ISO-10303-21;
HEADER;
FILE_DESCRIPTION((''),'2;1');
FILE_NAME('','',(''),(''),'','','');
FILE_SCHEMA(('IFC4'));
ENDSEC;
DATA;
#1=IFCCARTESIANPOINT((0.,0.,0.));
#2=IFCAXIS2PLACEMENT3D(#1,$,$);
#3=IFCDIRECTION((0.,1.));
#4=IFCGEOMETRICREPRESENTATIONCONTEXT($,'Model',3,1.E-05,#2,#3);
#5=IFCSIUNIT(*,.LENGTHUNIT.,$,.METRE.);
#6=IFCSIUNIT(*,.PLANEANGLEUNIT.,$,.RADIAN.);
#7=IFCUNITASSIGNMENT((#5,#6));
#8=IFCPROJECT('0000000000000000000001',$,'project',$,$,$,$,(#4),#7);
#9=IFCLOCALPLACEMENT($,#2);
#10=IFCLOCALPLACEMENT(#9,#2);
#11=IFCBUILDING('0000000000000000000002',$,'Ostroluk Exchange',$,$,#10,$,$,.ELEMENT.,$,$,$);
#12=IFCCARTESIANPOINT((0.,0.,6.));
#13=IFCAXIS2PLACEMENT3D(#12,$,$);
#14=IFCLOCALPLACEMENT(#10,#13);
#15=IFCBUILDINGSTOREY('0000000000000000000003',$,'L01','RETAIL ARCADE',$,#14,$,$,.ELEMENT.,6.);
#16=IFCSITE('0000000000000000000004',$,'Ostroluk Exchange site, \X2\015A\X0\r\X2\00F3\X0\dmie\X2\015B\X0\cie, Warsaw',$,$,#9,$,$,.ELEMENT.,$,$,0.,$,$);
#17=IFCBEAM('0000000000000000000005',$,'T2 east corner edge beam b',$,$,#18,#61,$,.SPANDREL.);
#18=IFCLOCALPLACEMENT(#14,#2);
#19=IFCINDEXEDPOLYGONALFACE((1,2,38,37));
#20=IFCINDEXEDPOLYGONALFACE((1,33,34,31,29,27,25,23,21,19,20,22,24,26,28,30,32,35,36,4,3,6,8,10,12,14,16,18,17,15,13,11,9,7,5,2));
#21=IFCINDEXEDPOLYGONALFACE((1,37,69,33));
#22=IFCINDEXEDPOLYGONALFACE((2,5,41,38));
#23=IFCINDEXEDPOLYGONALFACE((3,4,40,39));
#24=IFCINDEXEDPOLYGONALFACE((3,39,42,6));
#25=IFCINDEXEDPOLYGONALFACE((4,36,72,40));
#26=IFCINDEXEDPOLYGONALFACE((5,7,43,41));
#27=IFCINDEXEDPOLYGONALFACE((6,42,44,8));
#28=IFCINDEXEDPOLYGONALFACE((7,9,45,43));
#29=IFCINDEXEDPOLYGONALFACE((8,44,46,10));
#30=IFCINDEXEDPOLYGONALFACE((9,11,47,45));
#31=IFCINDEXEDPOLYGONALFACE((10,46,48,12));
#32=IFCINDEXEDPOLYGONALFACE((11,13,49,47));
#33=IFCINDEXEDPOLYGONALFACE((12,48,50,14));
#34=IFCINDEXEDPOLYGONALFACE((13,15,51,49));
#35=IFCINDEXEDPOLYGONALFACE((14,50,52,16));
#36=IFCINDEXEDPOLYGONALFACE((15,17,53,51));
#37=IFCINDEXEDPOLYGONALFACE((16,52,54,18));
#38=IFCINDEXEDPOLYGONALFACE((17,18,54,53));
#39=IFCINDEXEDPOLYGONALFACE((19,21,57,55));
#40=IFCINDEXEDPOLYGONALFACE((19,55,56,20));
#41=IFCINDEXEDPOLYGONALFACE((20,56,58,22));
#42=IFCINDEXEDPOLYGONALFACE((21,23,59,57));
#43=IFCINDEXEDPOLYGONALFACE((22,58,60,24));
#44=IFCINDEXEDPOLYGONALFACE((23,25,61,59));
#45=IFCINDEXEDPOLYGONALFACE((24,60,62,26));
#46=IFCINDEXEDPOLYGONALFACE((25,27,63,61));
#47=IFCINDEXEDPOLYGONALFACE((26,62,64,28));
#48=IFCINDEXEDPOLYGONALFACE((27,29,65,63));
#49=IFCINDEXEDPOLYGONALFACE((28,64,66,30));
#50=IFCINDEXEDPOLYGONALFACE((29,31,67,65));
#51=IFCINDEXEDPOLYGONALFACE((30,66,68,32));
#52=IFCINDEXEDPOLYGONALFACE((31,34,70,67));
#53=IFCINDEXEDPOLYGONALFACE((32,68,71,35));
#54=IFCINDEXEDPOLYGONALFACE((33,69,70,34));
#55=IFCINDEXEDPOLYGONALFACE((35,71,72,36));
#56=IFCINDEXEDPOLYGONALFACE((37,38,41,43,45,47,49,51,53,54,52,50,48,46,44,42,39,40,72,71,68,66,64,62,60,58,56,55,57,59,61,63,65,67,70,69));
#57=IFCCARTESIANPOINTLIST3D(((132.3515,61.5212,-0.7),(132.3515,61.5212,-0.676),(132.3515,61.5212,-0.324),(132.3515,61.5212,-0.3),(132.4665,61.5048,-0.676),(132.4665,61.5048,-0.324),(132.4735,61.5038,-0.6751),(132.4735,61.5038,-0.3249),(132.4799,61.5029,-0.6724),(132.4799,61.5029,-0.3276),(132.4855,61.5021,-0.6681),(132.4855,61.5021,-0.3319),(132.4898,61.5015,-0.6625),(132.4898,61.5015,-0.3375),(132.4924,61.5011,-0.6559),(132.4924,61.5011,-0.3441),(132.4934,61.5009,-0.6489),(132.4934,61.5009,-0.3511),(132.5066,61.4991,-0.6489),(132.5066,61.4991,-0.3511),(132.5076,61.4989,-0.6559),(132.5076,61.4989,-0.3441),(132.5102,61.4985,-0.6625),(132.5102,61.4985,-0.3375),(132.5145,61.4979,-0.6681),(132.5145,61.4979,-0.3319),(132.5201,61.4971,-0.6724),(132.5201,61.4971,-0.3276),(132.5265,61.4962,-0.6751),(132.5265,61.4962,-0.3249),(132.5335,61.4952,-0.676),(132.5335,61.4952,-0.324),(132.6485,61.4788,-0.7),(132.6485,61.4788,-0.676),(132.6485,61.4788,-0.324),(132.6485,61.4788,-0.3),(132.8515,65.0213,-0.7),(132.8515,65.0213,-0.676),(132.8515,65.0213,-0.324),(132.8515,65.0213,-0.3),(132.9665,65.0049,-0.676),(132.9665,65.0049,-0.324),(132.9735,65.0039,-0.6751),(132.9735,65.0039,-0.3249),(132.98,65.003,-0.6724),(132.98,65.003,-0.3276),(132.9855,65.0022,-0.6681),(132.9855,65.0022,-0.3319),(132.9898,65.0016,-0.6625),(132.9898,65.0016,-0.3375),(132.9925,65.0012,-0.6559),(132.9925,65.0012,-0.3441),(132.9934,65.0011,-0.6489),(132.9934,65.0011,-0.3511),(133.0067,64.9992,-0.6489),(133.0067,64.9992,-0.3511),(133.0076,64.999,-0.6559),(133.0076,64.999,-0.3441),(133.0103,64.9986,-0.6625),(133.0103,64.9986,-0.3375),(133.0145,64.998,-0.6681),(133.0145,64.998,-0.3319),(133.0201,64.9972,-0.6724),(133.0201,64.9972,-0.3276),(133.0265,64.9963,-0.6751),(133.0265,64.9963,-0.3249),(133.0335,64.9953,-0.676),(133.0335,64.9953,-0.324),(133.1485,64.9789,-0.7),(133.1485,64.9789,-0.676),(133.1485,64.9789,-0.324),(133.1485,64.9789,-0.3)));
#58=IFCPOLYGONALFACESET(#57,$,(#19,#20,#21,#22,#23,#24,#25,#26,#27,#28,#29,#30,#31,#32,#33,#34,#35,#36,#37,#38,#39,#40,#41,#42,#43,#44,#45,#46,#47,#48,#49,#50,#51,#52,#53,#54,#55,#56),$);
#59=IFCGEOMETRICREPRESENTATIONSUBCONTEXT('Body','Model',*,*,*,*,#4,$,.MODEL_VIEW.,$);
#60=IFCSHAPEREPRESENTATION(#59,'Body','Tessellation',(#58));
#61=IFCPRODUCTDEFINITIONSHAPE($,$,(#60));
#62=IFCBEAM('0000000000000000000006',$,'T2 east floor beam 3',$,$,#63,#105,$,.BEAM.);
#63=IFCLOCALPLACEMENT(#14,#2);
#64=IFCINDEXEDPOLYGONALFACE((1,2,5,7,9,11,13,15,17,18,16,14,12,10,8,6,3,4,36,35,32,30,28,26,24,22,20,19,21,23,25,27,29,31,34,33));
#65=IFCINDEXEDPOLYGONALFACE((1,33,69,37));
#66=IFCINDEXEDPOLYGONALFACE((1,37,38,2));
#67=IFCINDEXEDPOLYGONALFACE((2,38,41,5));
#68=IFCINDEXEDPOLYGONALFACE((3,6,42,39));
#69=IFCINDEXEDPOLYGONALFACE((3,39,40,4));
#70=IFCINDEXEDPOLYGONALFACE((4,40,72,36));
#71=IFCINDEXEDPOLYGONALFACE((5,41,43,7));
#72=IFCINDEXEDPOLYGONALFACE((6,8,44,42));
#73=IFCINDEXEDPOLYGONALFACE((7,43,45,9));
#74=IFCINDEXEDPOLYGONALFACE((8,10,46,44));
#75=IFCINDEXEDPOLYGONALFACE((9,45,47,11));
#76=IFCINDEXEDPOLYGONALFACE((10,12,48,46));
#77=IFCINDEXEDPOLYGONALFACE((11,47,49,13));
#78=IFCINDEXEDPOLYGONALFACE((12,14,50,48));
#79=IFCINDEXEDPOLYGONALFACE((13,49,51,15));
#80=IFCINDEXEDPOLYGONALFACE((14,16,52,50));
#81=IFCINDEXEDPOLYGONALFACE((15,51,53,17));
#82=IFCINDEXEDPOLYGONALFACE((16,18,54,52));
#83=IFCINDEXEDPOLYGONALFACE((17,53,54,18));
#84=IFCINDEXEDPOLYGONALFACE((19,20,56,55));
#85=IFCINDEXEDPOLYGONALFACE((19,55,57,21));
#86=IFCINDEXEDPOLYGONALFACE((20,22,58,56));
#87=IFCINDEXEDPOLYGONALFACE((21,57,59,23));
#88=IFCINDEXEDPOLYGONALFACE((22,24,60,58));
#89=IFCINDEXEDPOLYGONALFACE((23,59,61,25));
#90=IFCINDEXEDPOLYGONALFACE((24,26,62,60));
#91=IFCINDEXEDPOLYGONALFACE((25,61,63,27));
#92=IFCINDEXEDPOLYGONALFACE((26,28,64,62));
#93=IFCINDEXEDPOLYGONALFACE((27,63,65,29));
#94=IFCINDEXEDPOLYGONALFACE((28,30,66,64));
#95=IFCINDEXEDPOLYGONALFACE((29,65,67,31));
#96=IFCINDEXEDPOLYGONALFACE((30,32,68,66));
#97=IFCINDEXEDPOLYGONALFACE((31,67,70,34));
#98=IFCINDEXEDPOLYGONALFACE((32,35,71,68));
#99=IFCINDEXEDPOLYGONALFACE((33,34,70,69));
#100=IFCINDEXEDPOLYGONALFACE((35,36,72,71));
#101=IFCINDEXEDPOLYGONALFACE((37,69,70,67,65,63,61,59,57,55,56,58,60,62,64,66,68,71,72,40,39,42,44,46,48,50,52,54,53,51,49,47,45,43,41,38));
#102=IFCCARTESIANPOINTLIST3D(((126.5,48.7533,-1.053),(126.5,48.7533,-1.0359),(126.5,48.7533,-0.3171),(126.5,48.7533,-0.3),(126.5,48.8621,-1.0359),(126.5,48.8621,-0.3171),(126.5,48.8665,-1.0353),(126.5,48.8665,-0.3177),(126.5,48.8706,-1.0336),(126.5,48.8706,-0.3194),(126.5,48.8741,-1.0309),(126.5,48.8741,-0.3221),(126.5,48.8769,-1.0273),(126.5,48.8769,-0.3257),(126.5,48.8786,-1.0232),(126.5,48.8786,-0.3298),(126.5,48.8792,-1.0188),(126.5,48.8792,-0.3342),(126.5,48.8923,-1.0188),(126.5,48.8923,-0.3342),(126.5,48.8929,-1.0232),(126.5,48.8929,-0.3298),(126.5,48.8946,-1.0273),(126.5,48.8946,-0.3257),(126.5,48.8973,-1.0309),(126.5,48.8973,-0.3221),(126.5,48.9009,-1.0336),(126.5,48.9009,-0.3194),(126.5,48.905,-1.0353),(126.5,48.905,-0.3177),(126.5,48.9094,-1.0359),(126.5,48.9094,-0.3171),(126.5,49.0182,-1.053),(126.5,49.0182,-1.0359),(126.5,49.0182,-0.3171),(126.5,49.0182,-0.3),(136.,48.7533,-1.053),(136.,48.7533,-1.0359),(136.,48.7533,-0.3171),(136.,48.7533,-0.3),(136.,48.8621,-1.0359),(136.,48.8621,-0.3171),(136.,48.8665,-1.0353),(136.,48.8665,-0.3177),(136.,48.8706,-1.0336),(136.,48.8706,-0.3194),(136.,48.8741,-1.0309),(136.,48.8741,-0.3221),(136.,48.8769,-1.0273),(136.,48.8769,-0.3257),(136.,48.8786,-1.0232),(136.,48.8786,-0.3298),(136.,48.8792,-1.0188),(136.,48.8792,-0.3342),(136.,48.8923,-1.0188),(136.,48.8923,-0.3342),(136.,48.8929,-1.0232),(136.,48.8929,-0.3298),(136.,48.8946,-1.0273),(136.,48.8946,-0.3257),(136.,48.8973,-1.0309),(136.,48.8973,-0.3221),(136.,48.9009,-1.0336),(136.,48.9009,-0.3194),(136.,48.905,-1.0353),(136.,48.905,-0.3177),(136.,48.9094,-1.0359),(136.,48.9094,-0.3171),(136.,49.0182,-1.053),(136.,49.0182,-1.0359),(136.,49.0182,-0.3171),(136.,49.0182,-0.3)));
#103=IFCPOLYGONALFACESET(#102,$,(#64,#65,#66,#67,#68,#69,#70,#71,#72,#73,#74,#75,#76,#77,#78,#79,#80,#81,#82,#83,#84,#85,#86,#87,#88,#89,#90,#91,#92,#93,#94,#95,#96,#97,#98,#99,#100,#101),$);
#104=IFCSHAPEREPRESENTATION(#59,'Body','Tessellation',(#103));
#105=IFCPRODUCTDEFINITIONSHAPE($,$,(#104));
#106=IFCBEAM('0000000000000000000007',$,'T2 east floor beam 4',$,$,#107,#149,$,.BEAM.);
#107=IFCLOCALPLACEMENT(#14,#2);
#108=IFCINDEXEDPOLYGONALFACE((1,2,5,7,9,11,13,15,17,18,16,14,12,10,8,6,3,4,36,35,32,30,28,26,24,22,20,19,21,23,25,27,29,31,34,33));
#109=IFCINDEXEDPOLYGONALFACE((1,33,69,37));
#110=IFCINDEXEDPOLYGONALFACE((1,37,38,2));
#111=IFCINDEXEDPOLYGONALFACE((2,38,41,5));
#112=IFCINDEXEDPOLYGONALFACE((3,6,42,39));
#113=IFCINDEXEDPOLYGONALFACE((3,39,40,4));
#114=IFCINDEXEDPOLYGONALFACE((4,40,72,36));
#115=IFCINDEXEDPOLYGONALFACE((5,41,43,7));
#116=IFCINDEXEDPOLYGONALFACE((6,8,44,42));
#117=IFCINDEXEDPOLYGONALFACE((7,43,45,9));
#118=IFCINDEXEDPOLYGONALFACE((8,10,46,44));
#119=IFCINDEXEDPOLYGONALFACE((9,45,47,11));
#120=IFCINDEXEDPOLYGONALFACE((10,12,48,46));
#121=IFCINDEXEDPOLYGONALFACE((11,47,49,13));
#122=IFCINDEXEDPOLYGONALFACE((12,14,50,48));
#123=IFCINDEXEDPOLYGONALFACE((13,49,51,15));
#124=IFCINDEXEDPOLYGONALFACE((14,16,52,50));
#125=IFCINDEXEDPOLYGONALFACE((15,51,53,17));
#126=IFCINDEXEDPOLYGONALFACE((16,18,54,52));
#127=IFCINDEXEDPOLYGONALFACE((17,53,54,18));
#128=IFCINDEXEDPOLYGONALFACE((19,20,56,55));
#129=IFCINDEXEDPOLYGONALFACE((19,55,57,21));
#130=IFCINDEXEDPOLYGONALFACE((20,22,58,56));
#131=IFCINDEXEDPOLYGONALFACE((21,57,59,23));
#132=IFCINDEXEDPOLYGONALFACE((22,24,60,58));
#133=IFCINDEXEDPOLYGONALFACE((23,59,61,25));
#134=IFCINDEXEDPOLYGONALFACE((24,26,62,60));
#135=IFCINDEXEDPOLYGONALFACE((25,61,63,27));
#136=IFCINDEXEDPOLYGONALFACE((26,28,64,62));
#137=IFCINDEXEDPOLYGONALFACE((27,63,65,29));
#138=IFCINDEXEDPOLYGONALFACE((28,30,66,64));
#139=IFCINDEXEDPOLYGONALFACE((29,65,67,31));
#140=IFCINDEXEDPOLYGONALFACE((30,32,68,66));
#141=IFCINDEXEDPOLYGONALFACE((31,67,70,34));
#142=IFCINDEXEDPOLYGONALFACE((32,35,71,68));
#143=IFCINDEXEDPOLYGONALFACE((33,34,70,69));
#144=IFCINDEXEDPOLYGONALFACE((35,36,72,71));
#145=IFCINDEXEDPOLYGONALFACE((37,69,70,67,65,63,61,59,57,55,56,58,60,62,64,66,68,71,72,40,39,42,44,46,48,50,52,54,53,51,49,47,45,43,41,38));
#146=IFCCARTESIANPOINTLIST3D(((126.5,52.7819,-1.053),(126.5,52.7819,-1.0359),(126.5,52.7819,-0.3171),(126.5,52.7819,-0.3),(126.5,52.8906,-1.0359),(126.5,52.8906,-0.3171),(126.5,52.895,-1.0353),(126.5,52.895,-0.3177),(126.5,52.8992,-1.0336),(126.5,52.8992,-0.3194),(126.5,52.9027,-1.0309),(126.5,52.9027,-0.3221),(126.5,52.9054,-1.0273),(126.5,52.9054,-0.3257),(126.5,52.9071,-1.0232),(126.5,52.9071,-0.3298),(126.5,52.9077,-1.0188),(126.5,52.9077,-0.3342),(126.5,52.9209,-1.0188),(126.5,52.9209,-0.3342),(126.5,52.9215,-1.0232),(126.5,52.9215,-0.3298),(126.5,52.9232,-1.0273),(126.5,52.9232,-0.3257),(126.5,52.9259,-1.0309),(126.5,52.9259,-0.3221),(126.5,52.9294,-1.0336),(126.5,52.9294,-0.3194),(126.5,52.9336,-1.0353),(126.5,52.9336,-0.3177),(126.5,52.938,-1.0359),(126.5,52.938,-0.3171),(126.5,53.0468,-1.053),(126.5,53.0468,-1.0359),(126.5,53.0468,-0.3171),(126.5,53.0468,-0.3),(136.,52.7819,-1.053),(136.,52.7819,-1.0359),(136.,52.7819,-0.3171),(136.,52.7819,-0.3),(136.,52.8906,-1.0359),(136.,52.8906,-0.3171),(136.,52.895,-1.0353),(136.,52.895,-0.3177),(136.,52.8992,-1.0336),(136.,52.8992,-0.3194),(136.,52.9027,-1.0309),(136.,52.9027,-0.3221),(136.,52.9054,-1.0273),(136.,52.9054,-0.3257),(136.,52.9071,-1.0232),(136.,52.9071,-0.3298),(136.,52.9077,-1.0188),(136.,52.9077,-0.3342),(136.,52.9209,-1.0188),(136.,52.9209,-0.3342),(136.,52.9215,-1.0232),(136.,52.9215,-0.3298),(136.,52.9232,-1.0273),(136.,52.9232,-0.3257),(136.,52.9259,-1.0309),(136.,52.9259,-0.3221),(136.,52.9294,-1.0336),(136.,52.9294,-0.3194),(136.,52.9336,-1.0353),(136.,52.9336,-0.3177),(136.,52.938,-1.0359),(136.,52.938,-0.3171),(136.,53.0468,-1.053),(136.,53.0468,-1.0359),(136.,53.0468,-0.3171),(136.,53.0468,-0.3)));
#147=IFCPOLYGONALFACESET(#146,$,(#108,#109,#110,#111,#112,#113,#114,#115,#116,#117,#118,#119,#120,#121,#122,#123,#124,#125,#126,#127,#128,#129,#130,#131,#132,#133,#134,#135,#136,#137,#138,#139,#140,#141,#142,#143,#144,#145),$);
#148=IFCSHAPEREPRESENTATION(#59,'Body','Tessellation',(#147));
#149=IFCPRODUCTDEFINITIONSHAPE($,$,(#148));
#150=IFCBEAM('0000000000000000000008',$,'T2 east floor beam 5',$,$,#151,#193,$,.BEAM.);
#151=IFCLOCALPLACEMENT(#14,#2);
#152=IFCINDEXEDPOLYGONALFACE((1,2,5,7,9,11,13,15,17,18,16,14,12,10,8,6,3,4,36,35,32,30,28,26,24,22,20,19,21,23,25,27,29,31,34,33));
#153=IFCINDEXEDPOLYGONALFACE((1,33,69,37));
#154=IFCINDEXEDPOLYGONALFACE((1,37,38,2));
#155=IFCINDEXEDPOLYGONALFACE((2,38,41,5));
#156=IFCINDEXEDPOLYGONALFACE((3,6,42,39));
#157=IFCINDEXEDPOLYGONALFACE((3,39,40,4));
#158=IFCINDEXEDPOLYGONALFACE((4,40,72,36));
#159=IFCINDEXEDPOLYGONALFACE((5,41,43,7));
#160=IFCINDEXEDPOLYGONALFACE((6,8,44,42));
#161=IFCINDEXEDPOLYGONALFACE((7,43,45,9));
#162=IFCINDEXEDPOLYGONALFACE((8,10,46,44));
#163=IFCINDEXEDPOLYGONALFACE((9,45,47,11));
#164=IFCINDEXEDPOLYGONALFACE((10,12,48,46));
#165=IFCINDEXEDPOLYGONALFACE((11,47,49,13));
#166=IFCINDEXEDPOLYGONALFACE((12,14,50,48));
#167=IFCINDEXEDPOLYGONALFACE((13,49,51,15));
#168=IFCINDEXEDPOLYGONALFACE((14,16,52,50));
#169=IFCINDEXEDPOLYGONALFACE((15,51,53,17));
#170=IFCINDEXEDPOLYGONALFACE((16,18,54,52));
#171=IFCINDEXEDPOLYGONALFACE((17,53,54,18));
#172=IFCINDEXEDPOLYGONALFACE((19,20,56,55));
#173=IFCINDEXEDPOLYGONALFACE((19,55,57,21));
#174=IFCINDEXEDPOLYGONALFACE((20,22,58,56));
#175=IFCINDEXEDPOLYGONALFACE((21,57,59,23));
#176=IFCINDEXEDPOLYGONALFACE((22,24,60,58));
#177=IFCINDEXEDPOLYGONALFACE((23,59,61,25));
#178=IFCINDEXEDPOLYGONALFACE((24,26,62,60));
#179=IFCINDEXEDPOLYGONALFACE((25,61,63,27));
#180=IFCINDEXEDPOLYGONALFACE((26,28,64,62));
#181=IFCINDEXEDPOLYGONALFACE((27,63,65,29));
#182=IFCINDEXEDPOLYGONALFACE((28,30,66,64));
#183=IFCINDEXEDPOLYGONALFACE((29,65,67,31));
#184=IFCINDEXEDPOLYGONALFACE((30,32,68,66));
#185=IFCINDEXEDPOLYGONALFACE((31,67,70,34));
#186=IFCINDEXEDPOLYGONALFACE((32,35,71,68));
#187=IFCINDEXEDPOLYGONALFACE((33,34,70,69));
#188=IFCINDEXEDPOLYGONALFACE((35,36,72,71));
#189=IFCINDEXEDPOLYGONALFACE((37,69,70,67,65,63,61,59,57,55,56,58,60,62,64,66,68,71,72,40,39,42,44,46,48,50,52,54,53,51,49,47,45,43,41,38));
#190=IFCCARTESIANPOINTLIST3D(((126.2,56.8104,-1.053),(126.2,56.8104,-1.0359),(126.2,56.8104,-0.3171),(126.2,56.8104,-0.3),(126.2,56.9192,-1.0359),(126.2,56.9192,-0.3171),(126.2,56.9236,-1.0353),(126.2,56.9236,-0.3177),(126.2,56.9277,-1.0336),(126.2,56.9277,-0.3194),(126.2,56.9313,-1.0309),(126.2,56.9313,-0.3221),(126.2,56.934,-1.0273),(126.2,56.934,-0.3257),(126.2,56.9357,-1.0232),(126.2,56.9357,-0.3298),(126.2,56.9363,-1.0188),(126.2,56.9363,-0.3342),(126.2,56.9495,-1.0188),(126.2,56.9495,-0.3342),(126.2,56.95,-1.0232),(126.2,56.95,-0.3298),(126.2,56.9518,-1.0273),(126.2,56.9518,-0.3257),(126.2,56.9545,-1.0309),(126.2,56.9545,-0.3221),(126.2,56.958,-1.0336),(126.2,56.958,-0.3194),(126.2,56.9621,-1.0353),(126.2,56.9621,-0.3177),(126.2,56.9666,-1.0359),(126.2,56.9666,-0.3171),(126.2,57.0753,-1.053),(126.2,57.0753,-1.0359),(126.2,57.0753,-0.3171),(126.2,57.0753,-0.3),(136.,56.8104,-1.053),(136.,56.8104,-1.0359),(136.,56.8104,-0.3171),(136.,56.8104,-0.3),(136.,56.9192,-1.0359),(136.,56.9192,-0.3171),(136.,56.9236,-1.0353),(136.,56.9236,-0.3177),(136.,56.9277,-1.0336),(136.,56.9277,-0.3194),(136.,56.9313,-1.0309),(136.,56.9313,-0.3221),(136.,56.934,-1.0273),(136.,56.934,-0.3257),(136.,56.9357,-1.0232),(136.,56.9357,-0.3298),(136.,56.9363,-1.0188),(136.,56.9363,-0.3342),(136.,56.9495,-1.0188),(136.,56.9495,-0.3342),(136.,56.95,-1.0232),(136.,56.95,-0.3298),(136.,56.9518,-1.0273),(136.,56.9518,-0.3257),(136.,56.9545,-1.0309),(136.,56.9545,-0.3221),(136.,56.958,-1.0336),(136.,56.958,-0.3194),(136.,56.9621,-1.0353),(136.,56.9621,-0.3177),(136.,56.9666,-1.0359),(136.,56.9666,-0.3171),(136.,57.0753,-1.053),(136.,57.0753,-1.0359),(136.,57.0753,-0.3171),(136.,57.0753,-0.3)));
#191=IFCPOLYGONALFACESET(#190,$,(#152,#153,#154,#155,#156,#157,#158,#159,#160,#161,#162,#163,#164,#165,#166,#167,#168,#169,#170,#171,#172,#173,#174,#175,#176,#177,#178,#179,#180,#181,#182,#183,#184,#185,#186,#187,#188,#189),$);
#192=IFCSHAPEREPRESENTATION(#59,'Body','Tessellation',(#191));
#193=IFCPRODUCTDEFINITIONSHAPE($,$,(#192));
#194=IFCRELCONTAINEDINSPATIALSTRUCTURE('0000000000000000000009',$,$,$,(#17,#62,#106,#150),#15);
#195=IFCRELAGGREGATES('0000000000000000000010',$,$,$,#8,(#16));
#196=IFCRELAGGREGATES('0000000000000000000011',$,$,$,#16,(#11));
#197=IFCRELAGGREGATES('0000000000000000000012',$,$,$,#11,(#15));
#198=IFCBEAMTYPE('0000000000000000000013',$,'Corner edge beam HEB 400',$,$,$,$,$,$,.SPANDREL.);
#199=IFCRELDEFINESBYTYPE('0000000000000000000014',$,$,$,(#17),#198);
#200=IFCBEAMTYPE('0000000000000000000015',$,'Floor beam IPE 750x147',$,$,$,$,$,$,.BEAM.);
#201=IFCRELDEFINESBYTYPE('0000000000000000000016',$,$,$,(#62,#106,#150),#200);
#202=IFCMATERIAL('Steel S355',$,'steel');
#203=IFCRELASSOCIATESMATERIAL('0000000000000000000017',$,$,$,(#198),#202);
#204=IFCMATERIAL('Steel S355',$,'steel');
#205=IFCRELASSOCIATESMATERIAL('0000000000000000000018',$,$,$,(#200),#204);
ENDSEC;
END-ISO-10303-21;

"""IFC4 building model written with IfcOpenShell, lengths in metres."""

from ifc_helpers import new_model, si_unit, direction, frame, origin, origin_2d, place, context, subcontext, project, spatial, i_section, extrude, material, material_profile, profile_set, type_object, element, save


model = new_model("IFC4")

# Units and contexts
model_context = context("Model", 3, precision=1e-05, world=origin(), true_north=direction((0.0, 1.0)))
body_context = subcontext(model_context, "Body", "Model", "MODEL_VIEW")
ifc_project = project(units=[si_unit("LENGTHUNIT", "METRE"), si_unit("PLANEANGLEUNIT", "RADIAN")], contexts=[model_context])

# Site, building, storey
site_placement = place(None, origin())
site = spatial("IfcSite", under=ifc_project, at=site_placement, Name="Ostroluk Exchange site, Śródmieście, Warsaw", CompositionType="ELEMENT", RefElevation=0.0)
building_placement = place(site_placement, origin())
building = spatial("IfcBuilding", under=site, at=building_placement, Name="Ostroluk Exchange", CompositionType="ELEMENT")
storey_placement = place(building_placement, frame((0.0, 0.0, 6.0)))
storey = spatial("IfcBuildingStorey", under=building, at=storey_placement, Name="L01", Description="RETAIL ARCADE", CompositionType="ELEMENT", Elevation=6.0)

# Beams
ifc_material_1 = material(Name="Steel S355", Category="steel")
ifc_material_profile_1 = material_profile(ifc_material_1, i_section(OverallWidth=0.3, OverallDepth=0.3999, WebThickness=0.0134, FlangeThickness=0.0239, FilletRadius=0.0271, at=origin_2d()), Name="HEB 400")
ifc_profile_set_1 = profile_set([ifc_material_profile_1], Name="Steel S355")
beam_type_1 = type_object("IfcBeamType", Name="Corner edge beam HEB 400", PredefinedType="SPANDREL", material=ifc_profile_set_1)
for number, where, z_axis, x_axis, name in (
    (1, (132.5, 61.5, -0.5), (0.141421, 0.989949, 0.0), (-0.989949, 0.141421, 0.0), "T2 east corner edge beam b"),
):
    element("IfcBeam", number, at=place(storey_placement, frame(where, z_axis=z_axis, x_axis=x_axis)), inside=storey, type_object=beam_type_1, Name=name, PredefinedType="SPANDREL", context=body_context, shape_type="SweptSolid", body=[
        extrude(i_section(OverallWidth=0.3, OverallDepth=0.3999, WebThickness=0.0134, FlangeThickness=0.0239, FilletRadius=0.0271, at=origin_2d()), origin(), (0.0, 0.0, 1.0), 3.5356),
    ])
ifc_material_2 = material(Name="Steel S355", Category="steel")
ifc_material_profile_2 = material_profile(ifc_material_2, i_section(OverallWidth=0.2649, OverallDepth=0.7529, WebThickness=0.0132, FlangeThickness=0.0171, FilletRadius=0.0171, at=origin_2d()), Name="IPE 750x147")
ifc_profile_set_2 = profile_set([ifc_material_profile_2], Name="Steel S355")
beam_type_2 = type_object("IfcBeamType", Name="Floor beam IPE 750x147", PredefinedType="BEAM", material=ifc_profile_set_2)
for number, where, z_axis, x_axis, name in (
    (2, (126.5, 48.8857, -0.6765), (1.0, 0.0, 0.0), (0.0, 1.0, 0.0), "T2 east floor beam 3"),
    (3, (126.5, 52.9143, -0.6765), (1.0, 0.0, 0.0), (0.0, 1.0, 0.0), "T2 east floor beam 4"),
):
    element("IfcBeam", number, at=place(storey_placement, frame(where, z_axis=z_axis, x_axis=x_axis)), inside=storey, type_object=beam_type_2, Name=name, PredefinedType="BEAM", context=body_context, shape_type="SweptSolid", body=[
        extrude(i_section(OverallWidth=0.2649, OverallDepth=0.7529, WebThickness=0.0132, FlangeThickness=0.0171, FilletRadius=0.0171, at=origin_2d()), origin(), (0.0, 0.0, 1.0), 9.5),
    ])
beam_placement = place(storey_placement, frame((126.2, 56.9429, -0.6765), z_axis=(1.0, 0.0, 0.0), x_axis=(0.0, 1.0, 0.0)))
element("IfcBeam", 4, at=beam_placement, inside=storey, type_object=beam_type_2, Name="T2 east floor beam 5", PredefinedType="BEAM", context=body_context, shape_type="SweptSolid", body=[
    extrude(i_section(OverallWidth=0.2649, OverallDepth=0.7529, WebThickness=0.0132, FlangeThickness=0.0171, FilletRadius=0.0171, at=origin_2d()), origin(), (0.0, 0.0, 1.0), 9.8),
])

save(model, "model.ifc")
